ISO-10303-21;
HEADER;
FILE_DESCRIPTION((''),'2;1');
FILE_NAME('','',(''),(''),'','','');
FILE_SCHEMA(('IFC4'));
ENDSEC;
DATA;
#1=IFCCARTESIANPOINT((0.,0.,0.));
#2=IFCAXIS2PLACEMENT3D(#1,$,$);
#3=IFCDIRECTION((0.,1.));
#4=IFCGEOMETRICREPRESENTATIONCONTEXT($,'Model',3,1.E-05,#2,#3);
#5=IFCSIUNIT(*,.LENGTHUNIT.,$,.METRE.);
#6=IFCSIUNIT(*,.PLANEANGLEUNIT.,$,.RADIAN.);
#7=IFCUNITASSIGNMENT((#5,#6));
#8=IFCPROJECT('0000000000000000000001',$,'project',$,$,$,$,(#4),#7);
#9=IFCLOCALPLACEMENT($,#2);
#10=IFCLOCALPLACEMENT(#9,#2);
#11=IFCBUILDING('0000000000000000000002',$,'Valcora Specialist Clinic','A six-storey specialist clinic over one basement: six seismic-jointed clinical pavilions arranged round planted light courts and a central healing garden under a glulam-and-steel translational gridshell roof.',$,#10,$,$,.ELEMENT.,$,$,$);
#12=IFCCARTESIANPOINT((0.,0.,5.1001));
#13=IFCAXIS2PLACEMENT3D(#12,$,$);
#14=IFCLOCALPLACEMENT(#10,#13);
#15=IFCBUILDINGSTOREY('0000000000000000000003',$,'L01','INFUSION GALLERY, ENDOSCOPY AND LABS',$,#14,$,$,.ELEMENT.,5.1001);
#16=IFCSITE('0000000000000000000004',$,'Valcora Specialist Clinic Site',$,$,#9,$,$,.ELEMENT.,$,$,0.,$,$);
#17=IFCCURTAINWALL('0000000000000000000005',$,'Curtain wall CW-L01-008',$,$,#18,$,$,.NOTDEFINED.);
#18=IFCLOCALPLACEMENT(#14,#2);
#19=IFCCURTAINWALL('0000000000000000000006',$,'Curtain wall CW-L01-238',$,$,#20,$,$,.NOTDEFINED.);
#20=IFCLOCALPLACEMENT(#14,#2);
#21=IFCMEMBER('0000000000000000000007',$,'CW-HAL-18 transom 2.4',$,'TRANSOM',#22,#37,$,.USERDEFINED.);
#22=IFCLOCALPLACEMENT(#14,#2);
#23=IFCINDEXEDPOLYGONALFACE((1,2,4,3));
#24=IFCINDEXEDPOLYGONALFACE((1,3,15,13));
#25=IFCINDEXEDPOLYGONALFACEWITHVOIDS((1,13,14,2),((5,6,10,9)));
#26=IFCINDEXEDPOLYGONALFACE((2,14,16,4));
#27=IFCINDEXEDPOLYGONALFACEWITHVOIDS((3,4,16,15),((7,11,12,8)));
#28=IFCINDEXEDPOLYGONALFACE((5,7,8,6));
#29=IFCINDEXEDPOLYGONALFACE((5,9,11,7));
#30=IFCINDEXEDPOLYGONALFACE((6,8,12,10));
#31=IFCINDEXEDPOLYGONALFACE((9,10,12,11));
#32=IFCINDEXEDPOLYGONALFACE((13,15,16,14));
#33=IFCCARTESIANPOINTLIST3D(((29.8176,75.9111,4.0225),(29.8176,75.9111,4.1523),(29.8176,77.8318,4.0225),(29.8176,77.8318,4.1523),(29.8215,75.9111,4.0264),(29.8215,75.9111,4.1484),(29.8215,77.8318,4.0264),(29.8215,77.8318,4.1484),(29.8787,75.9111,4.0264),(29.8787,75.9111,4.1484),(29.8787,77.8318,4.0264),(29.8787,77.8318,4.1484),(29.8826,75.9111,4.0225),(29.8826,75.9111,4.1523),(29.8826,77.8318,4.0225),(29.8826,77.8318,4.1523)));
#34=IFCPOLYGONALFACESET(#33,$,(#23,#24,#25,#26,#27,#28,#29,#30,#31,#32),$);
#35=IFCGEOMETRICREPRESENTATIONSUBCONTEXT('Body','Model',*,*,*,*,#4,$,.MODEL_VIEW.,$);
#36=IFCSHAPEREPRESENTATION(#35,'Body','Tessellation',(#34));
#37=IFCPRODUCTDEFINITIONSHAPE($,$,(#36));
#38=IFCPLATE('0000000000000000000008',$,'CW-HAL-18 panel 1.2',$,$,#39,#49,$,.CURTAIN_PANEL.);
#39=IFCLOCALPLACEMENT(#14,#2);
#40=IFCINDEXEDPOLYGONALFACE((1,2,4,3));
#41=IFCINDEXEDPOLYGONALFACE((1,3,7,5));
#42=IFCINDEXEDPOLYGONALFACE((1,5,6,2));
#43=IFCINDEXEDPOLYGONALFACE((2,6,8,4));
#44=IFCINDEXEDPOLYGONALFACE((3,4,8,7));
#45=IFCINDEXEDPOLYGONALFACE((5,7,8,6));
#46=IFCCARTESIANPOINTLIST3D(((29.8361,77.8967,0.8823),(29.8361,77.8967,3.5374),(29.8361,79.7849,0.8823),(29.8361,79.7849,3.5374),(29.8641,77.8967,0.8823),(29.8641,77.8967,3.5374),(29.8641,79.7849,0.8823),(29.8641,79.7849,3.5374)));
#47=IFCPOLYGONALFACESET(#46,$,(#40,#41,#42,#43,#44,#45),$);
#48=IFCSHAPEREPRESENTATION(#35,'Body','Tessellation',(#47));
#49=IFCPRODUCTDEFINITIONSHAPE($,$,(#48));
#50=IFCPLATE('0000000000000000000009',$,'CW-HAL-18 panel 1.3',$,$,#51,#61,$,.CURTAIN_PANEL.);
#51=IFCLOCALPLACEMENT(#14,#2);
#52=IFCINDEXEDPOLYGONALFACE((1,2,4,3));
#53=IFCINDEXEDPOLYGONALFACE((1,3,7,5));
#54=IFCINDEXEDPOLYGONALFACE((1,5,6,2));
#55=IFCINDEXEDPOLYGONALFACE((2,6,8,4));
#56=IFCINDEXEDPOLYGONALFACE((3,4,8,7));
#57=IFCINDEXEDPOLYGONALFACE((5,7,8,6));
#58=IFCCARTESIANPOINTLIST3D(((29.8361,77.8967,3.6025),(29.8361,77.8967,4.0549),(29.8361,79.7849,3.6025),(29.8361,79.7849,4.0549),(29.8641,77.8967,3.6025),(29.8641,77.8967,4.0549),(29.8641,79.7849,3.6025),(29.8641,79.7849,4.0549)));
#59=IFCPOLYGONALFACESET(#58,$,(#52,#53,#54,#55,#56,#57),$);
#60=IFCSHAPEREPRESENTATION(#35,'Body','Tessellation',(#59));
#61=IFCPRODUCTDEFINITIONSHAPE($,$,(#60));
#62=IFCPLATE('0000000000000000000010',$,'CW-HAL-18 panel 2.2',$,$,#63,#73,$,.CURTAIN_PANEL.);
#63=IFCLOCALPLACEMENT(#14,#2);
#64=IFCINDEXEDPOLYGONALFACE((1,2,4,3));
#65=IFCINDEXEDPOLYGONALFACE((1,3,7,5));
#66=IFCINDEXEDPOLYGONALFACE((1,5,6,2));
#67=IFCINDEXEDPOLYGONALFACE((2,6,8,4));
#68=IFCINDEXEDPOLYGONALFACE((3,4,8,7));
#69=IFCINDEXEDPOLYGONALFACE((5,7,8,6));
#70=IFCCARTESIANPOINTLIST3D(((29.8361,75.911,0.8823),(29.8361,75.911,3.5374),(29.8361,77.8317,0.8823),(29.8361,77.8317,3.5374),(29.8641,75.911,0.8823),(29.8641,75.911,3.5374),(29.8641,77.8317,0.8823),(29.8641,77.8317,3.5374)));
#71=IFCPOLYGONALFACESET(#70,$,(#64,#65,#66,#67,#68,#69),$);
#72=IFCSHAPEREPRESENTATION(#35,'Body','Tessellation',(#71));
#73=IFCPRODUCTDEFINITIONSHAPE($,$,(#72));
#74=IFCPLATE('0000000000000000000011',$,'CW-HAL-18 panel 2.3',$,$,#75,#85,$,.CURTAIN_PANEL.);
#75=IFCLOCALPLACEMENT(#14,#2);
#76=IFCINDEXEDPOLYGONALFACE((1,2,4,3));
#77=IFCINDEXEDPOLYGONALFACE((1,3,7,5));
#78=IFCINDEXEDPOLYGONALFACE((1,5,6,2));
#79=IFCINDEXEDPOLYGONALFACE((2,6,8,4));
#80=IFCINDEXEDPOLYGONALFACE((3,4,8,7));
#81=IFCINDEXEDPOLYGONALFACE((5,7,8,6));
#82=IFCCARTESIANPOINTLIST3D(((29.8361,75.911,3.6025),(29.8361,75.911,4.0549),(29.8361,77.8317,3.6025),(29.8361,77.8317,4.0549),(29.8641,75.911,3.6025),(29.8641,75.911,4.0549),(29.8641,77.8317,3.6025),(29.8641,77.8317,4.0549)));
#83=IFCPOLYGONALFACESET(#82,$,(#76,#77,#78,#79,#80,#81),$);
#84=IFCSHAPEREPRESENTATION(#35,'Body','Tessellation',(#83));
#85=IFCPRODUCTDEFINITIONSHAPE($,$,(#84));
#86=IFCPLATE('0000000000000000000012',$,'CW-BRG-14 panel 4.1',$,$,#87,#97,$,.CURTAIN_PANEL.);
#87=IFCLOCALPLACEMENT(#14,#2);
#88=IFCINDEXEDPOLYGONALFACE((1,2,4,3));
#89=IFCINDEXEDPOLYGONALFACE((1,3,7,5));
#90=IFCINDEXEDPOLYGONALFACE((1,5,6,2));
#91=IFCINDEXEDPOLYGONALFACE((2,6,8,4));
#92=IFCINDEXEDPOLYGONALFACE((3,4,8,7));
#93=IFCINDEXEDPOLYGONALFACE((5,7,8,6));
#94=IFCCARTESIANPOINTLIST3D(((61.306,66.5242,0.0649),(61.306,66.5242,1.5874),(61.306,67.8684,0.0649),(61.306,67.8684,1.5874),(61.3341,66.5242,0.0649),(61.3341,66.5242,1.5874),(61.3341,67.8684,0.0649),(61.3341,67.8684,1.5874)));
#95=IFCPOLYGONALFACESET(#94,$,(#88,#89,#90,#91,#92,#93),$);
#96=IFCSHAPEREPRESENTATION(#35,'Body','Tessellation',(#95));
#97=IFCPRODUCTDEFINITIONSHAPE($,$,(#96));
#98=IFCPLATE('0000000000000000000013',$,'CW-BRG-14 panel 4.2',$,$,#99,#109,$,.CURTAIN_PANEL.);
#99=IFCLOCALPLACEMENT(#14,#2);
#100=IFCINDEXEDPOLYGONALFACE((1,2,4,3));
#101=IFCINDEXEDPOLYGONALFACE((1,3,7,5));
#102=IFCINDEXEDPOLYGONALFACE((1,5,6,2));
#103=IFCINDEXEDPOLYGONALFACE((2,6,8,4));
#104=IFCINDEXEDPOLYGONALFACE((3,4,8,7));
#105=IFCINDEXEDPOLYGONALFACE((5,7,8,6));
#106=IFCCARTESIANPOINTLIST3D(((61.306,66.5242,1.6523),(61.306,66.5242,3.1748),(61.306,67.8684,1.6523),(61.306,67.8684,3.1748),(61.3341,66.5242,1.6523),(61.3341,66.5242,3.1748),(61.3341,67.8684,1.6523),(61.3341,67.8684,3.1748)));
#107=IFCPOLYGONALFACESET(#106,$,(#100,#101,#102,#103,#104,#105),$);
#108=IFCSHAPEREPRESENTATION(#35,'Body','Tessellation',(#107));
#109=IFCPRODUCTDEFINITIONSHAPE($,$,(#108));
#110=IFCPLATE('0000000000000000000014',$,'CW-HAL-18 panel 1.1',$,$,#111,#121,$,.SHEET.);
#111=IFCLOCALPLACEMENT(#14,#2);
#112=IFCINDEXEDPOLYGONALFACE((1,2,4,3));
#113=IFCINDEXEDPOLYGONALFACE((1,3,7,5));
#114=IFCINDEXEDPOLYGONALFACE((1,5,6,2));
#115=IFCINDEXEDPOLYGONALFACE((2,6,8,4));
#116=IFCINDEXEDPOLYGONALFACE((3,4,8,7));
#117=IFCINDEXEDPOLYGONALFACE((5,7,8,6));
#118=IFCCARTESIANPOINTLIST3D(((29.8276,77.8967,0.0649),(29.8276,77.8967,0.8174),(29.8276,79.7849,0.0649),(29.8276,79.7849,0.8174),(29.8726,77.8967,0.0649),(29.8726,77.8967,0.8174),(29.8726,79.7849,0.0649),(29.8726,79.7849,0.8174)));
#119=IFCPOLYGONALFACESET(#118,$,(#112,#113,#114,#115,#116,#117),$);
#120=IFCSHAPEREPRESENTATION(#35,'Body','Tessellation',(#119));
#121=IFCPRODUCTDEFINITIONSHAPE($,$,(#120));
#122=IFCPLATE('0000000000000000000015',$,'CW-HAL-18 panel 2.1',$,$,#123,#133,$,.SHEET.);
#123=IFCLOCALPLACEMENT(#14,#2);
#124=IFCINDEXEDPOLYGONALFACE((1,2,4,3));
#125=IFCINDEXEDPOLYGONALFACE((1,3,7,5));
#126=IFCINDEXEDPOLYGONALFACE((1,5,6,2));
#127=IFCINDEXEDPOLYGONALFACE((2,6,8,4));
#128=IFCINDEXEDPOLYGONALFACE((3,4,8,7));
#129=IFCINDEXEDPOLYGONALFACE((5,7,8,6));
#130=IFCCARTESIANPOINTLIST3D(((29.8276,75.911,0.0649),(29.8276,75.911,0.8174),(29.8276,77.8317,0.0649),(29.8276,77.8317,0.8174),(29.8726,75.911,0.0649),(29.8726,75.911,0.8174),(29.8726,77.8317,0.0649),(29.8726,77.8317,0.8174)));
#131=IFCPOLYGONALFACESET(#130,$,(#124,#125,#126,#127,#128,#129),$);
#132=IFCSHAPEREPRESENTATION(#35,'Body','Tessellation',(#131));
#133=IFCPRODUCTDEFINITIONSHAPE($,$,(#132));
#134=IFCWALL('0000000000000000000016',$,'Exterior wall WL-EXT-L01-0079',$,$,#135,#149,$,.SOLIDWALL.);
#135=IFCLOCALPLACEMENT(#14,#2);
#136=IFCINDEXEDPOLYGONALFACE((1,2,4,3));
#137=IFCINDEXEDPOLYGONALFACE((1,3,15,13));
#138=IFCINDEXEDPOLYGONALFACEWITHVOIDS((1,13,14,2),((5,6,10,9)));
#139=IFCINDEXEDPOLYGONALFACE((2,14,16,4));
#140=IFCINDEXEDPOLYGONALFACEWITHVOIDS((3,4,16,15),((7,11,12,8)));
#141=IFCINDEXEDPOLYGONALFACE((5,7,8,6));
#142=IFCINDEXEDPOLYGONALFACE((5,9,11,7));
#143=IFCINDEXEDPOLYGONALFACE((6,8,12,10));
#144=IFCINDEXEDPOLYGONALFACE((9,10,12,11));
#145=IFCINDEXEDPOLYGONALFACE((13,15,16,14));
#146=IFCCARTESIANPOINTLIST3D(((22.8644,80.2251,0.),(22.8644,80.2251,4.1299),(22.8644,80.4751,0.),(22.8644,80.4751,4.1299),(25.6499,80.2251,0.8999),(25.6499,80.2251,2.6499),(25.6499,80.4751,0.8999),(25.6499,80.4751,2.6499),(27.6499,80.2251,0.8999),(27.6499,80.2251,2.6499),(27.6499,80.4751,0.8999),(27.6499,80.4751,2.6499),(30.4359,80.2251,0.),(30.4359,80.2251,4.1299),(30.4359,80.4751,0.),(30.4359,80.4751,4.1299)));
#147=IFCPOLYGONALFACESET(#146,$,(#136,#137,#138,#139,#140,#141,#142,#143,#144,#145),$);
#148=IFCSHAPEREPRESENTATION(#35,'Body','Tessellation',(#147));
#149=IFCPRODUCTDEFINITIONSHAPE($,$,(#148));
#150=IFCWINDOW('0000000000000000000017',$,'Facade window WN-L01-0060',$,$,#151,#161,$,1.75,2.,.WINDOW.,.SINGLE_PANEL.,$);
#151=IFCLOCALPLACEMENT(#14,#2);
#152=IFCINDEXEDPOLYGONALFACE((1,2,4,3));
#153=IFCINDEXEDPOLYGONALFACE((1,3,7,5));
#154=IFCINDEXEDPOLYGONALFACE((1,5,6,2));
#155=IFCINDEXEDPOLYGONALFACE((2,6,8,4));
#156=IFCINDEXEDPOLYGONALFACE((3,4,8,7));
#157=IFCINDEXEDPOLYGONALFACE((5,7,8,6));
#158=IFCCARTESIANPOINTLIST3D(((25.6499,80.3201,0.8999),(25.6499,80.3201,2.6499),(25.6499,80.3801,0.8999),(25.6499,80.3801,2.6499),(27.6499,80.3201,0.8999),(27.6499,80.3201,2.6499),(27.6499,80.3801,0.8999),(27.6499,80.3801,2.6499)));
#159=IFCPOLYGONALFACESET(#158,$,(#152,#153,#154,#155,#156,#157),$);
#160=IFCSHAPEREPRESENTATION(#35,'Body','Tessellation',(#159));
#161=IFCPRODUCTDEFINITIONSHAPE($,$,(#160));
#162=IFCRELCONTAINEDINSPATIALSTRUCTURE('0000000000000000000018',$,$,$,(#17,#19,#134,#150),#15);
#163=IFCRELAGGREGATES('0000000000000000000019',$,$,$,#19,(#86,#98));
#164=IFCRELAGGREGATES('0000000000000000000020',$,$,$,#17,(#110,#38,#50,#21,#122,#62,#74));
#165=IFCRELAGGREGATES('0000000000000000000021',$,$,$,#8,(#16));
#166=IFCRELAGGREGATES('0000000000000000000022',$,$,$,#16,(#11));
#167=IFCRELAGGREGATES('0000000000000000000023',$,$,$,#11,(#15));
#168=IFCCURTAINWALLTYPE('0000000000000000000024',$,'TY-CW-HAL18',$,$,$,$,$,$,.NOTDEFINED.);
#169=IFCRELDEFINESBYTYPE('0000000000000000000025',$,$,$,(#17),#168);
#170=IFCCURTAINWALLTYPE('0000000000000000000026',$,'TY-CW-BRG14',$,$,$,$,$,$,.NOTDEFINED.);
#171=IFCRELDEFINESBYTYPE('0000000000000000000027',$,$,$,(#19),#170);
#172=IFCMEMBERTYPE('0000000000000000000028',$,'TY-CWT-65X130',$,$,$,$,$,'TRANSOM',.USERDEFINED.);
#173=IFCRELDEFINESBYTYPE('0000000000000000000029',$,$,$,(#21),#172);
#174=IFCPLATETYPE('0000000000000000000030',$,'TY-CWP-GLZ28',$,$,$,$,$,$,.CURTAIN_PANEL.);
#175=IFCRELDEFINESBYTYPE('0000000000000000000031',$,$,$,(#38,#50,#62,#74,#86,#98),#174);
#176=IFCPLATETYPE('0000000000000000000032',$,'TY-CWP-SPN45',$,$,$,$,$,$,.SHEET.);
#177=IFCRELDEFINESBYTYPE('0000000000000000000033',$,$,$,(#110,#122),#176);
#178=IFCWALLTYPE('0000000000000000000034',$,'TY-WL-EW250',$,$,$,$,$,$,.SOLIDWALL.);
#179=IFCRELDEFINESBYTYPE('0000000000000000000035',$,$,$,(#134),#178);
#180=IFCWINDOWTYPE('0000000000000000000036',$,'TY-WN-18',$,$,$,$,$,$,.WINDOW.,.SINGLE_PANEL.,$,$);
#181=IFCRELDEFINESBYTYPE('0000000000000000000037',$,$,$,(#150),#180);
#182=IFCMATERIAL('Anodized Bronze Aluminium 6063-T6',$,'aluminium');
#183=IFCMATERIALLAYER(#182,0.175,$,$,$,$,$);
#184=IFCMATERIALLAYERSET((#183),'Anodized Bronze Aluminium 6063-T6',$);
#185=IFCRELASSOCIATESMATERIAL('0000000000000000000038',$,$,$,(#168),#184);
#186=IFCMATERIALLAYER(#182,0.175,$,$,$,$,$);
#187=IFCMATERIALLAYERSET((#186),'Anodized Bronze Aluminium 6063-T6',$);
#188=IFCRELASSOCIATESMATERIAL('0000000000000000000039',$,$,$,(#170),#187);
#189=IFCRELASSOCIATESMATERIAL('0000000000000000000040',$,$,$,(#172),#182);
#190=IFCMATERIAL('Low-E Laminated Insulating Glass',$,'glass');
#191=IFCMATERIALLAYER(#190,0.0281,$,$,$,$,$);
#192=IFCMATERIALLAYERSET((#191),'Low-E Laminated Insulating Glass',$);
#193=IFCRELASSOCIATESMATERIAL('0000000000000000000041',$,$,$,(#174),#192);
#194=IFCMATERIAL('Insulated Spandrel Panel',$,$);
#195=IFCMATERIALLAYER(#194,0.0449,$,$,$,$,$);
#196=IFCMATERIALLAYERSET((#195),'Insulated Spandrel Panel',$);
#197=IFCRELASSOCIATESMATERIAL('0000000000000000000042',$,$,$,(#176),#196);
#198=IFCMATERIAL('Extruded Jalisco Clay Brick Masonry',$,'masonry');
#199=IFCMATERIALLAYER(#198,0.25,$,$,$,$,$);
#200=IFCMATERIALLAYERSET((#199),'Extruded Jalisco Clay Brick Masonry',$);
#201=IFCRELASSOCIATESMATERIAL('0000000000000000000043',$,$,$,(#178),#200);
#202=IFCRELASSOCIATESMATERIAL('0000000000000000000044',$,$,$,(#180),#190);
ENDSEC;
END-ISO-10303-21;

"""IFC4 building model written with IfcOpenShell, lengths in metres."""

from ifc_helpers import new_model, si_unit, direction, frame, frame_2d, origin, origin_2d, place, context, subcontext, project, spatial, rectangle, hollow_rectangle, extrude, material, layer, layer_set, material_profile, profile_set, type_object, element, fill, aggregate, save


model = new_model("IFC4")

# Units and contexts
model_context = context("Model", 3, precision=1e-05, world=origin(), true_north=direction((0.0, 1.0)))
body_context = subcontext(model_context, "Body", "Model", "MODEL_VIEW")
ifc_project = project(units=[si_unit("LENGTHUNIT", "METRE"), si_unit("PLANEANGLEUNIT", "RADIAN")], contexts=[model_context])

# Site, building, storey
site_placement = place(None, origin())
site = spatial("IfcSite", under=ifc_project, at=site_placement, Name="Valcora Specialist Clinic Site", CompositionType="ELEMENT", RefElevation=0.0)
building_placement = place(site_placement, origin())
building = spatial("IfcBuilding", under=site, at=building_placement, Name="Valcora Specialist Clinic", Description="A six-storey specialist clinic over one basement: six seismic-jointed clinical pavilions arranged round planted light courts and a central healing garden under a glulam-and-steel translational gridshell roof.", CompositionType="ELEMENT")
storey_placement = place(building_placement, frame((0.0, 0.0, 5.1001)))
storey = spatial("IfcBuildingStorey", under=building, at=storey_placement, Name="L01", Description="INFUSION GALLERY, ENDOSCOPY AND LABS", CompositionType="ELEMENT", Elevation=5.1001)

# Curtain wall
ifc_material_1 = material(Name="Anodized Bronze Aluminium 6063-T6", Category="aluminium")
ifc_layer_1 = layer(ifc_material_1, 0.175)
ifc_layer_set_1 = layer_set([ifc_layer_1], Name="Anodized Bronze Aluminium 6063-T6")
curtain_wall_type_1 = type_object("IfcCurtainWallType", Name="TY-CW-HAL18", PredefinedType="NOTDEFINED", material=ifc_layer_set_1)
curtain_wall_1_placement = place(storey_placement, origin())
curtain_wall_1 = element("IfcCurtainWall", 1, at=curtain_wall_1_placement, inside=storey, type_object=curtain_wall_type_1, Name="Curtain wall CW-L01-008", PredefinedType="NOTDEFINED")

# Curtain wall
ifc_layer_2 = layer(ifc_material_1, 0.175)
ifc_layer_set_2 = layer_set([ifc_layer_2], Name="Anodized Bronze Aluminium 6063-T6")
curtain_wall_type_2 = type_object("IfcCurtainWallType", Name="TY-CW-BRG14", PredefinedType="NOTDEFINED", material=ifc_layer_set_2)
curtain_wall_2_placement = place(storey_placement, origin())
curtain_wall_2 = element("IfcCurtainWall", 2, at=curtain_wall_2_placement, inside=storey, type_object=curtain_wall_type_2, Name="Curtain wall CW-L01-238", PredefinedType="NOTDEFINED")

# Member
ifc_material_profile_1 = material_profile(ifc_material_1, hollow_rectangle(XDim=0.0649, YDim=0.1299, WallThickness=0.0039, at=origin_2d()), Name="AL-TRN-65X130")
ifc_profile_set_1 = profile_set([ifc_material_profile_1], Name="Anodized Bronze Aluminium 6063-T6")
member_type_1 = type_object("IfcMemberType", Name="TY-CWT-65X130", ElementType="TRANSOM", PredefinedType="USERDEFINED", material=ifc_profile_set_1)
member_1_placement = place(storey_placement, frame((29.8501, 77.8318, 4.0874), z_axis=(0.0, -1.0, 0.0), x_axis=(1.0, 0.0, 0.0)))
member_1 = element("IfcMember", 3, at=member_1_placement, type_object=member_type_1, Name="CW-HAL-18 transom 2.4", ObjectType="TRANSOM", PredefinedType="USERDEFINED", context=body_context, shape_type="SweptSolid", body=[
    extrude(hollow_rectangle(XDim=0.0649, YDim=0.1299, WallThickness=0.0039, at=origin_2d()), origin(), (0.0, 0.0, 1.0), 1.9207),
])

# Plates
ifc_material_2 = material(Name="Low-E Laminated Insulating Glass", Category="glass")
ifc_layer_3 = layer(ifc_material_2, 0.0281)
ifc_layer_set_3 = layer_set([ifc_layer_3], Name="Low-E Laminated Insulating Glass")
plate_type_1 = type_object("IfcPlateType", Name="TY-CWP-GLZ28", PredefinedType="CURTAIN_PANEL", material=ifc_layer_set_3)
plate_1_placement = place(storey_placement, frame((29.8501, 78.8408, 0.8823), z_axis=(0.0, 0.0, 1.0), x_axis=(0.0, -1.0, 0.0)))
plate_1 = element("IfcPlate", 4, at=plate_1_placement, type_object=plate_type_1, Name="CW-HAL-18 panel 1.2", PredefinedType="CURTAIN_PANEL", context=body_context, shape_type="SweptSolid", body=[
    extrude(rectangle(XDim=1.8882, YDim=0.0281, at=origin_2d()), origin(), (0.0, 0.0, 1.0), 2.655),
])
plate_2_placement = place(storey_placement, frame((29.8501, 78.8408, 3.6025), z_axis=(0.0, 0.0, 1.0), x_axis=(0.0, -1.0, 0.0)))
plate_2 = element("IfcPlate", 5, at=plate_2_placement, type_object=plate_type_1, Name="CW-HAL-18 panel 1.3", PredefinedType="CURTAIN_PANEL", context=body_context, shape_type="SweptSolid", body=[
    extrude(rectangle(XDim=1.8882, YDim=0.0281, at=origin_2d()), origin(), (0.0, 0.0, 1.0), 0.4524),
])
plate_3_placement = place(storey_placement, frame((29.8501, 76.8713, 0.8823), z_axis=(0.0, 0.0, 1.0), x_axis=(0.0, -1.0, 0.0)))
plate_3 = element("IfcPlate", 6, at=plate_3_placement, type_object=plate_type_1, Name="CW-HAL-18 panel 2.2", PredefinedType="CURTAIN_PANEL", context=body_context, shape_type="SweptSolid", body=[
    extrude(rectangle(XDim=1.9207, YDim=0.0281, at=origin_2d()), origin(), (0.0, 0.0, 1.0), 2.655),
])
plate_4_placement = place(storey_placement, frame((29.8501, 76.8713, 3.6025), z_axis=(0.0, 0.0, 1.0), x_axis=(0.0, -1.0, 0.0)))
plate_4 = element("IfcPlate", 7, at=plate_4_placement, type_object=plate_type_1, Name="CW-HAL-18 panel 2.3", PredefinedType="CURTAIN_PANEL", context=body_context, shape_type="SweptSolid", body=[
    extrude(rectangle(XDim=1.9207, YDim=0.0281, at=origin_2d()), origin(), (0.0, 0.0, 1.0), 0.4524),
])
plate_5_placement = place(storey_placement, frame((61.3201, 67.1963, 0.0649), z_axis=(0.0, 0.0, 1.0), x_axis=(0.0, 1.0, 0.0)))
plate_5 = element("IfcPlate", 8, at=plate_5_placement, type_object=plate_type_1, Name="CW-BRG-14 panel 4.1", PredefinedType="CURTAIN_PANEL", context=body_context, shape_type="SweptSolid", body=[
    extrude(rectangle(XDim=1.3442, YDim=0.0281, at=origin_2d()), origin(), (0.0, 0.0, 1.0), 1.5225),
])
plate_6_placement = place(storey_placement, frame((61.3201, 67.1963, 1.6523), z_axis=(0.0, 0.0, 1.0), x_axis=(0.0, 1.0, 0.0)))
plate_6 = element("IfcPlate", 9, at=plate_6_placement, type_object=plate_type_1, Name="CW-BRG-14 panel 4.2", PredefinedType="CURTAIN_PANEL", context=body_context, shape_type="SweptSolid", body=[
    extrude(rectangle(XDim=1.3442, YDim=0.0281, at=origin_2d()), origin(), (0.0, 0.0, 1.0), 1.5225),
])
aggregate(curtain_wall_2, [plate_5, plate_6])
ifc_material_3 = material(Name="Insulated Spandrel Panel")
ifc_layer_4 = layer(ifc_material_3, 0.0449)
ifc_layer_set_4 = layer_set([ifc_layer_4], Name="Insulated Spandrel Panel")
plate_type_2 = type_object("IfcPlateType", Name="TY-CWP-SPN45", PredefinedType="SHEET", material=ifc_layer_set_4)
plate_7_placement = place(storey_placement, frame((29.8501, 78.8408, 0.0649), z_axis=(0.0, 0.0, 1.0), x_axis=(0.0, -1.0, 0.0)))
plate_7 = element("IfcPlate", 10, at=plate_7_placement, type_object=plate_type_2, Name="CW-HAL-18 panel 1.1", PredefinedType="SHEET", context=body_context, shape_type="SweptSolid", body=[
    extrude(rectangle(XDim=1.8882, YDim=0.0449, at=origin_2d()), origin(), (0.0, 0.0, 1.0), 0.7524),
])
plate_8_placement = place(storey_placement, frame((29.8501, 76.8713, 0.0649), z_axis=(0.0, 0.0, 1.0), x_axis=(0.0, -1.0, 0.0)))
plate_8 = element("IfcPlate", 11, at=plate_8_placement, type_object=plate_type_2, Name="CW-HAL-18 panel 2.1", PredefinedType="SHEET", context=body_context, shape_type="SweptSolid", body=[
    extrude(rectangle(XDim=1.9207, YDim=0.0449, at=origin_2d()), origin(), (0.0, 0.0, 1.0), 0.7524),
])
aggregate(curtain_wall_1, [plate_7, plate_1, plate_2, member_1, plate_8, plate_3, plate_4])

# Wall, opening, window
ifc_material_4 = material(Name="Extruded Jalisco Clay Brick Masonry", Category="masonry")
ifc_layer_5 = layer(ifc_material_4, 0.25)
ifc_layer_set_5 = layer_set([ifc_layer_5], Name="Extruded Jalisco Clay Brick Masonry")
wall_type_1 = type_object("IfcWallType", Name="TY-WL-EW250", PredefinedType="SOLIDWALL", material=ifc_layer_set_5)
wall_1_placement = place(storey_placement, frame((30.4358, 80.3501, 0.0), z_axis=(0.0, 0.0, 1.0), x_axis=(-1.0, 0.0, 0.0)))
wall_1 = element("IfcWall", 12, at=wall_1_placement, inside=storey, type_object=wall_type_1, Name="Exterior wall WL-EXT-L01-0079", PredefinedType="SOLIDWALL", context=body_context, shape_type="SweptSolid", body=[
    extrude(rectangle(XDim=7.5715, YDim=0.25, at=frame_2d((3.7856, 0.0))), origin(), (0.0, 0.0, 1.0), 4.1299),
])
opening_1_placement = place(wall_1_placement, frame((2.7859, 0.0, 0.8999)))
opening_1 = element("IfcOpeningElement", 13, at=opening_1_placement, cuts=wall_1, PredefinedType="OPENING", context=body_context, shape_type="SweptSolid", body=[
    extrude(rectangle(XDim=2.0, YDim=1.75, at=frame_2d((1.0, 0.875))), frame((0.0, 0.135, 0.0), z_axis=(0.0, -1.0, 0.0), x_axis=(1.0, 0.0, 0.0)), (0.0, 0.0, 1.0), 0.27),
])
window_type_1 = type_object("IfcWindowType", Name="TY-WN-18", PartitioningType="SINGLE_PANEL", PredefinedType="WINDOW", material=ifc_material_2)
window_1_placement = place(opening_1_placement, origin())
window_1 = element("IfcWindow", 14, at=window_1_placement, inside=storey, type_object=window_type_1, Name="Facade window WN-L01-0060", OverallHeight=1.75, OverallWidth=2.0, PartitioningType="SINGLE_PANEL", PredefinedType="WINDOW", context=body_context, shape_type="SweptSolid", body=[
    extrude(rectangle(XDim=2.0, YDim=1.75, at=frame_2d((1.0, 0.875))), frame((0.0, 0.03, 0.0), z_axis=(0.0, -1.0, 0.0), x_axis=(1.0, 0.0, 0.0)), (0.0, 0.0, 1.0), 0.0601),
])
fill(opening_1, window_1)

save(model, "model.ifc")
